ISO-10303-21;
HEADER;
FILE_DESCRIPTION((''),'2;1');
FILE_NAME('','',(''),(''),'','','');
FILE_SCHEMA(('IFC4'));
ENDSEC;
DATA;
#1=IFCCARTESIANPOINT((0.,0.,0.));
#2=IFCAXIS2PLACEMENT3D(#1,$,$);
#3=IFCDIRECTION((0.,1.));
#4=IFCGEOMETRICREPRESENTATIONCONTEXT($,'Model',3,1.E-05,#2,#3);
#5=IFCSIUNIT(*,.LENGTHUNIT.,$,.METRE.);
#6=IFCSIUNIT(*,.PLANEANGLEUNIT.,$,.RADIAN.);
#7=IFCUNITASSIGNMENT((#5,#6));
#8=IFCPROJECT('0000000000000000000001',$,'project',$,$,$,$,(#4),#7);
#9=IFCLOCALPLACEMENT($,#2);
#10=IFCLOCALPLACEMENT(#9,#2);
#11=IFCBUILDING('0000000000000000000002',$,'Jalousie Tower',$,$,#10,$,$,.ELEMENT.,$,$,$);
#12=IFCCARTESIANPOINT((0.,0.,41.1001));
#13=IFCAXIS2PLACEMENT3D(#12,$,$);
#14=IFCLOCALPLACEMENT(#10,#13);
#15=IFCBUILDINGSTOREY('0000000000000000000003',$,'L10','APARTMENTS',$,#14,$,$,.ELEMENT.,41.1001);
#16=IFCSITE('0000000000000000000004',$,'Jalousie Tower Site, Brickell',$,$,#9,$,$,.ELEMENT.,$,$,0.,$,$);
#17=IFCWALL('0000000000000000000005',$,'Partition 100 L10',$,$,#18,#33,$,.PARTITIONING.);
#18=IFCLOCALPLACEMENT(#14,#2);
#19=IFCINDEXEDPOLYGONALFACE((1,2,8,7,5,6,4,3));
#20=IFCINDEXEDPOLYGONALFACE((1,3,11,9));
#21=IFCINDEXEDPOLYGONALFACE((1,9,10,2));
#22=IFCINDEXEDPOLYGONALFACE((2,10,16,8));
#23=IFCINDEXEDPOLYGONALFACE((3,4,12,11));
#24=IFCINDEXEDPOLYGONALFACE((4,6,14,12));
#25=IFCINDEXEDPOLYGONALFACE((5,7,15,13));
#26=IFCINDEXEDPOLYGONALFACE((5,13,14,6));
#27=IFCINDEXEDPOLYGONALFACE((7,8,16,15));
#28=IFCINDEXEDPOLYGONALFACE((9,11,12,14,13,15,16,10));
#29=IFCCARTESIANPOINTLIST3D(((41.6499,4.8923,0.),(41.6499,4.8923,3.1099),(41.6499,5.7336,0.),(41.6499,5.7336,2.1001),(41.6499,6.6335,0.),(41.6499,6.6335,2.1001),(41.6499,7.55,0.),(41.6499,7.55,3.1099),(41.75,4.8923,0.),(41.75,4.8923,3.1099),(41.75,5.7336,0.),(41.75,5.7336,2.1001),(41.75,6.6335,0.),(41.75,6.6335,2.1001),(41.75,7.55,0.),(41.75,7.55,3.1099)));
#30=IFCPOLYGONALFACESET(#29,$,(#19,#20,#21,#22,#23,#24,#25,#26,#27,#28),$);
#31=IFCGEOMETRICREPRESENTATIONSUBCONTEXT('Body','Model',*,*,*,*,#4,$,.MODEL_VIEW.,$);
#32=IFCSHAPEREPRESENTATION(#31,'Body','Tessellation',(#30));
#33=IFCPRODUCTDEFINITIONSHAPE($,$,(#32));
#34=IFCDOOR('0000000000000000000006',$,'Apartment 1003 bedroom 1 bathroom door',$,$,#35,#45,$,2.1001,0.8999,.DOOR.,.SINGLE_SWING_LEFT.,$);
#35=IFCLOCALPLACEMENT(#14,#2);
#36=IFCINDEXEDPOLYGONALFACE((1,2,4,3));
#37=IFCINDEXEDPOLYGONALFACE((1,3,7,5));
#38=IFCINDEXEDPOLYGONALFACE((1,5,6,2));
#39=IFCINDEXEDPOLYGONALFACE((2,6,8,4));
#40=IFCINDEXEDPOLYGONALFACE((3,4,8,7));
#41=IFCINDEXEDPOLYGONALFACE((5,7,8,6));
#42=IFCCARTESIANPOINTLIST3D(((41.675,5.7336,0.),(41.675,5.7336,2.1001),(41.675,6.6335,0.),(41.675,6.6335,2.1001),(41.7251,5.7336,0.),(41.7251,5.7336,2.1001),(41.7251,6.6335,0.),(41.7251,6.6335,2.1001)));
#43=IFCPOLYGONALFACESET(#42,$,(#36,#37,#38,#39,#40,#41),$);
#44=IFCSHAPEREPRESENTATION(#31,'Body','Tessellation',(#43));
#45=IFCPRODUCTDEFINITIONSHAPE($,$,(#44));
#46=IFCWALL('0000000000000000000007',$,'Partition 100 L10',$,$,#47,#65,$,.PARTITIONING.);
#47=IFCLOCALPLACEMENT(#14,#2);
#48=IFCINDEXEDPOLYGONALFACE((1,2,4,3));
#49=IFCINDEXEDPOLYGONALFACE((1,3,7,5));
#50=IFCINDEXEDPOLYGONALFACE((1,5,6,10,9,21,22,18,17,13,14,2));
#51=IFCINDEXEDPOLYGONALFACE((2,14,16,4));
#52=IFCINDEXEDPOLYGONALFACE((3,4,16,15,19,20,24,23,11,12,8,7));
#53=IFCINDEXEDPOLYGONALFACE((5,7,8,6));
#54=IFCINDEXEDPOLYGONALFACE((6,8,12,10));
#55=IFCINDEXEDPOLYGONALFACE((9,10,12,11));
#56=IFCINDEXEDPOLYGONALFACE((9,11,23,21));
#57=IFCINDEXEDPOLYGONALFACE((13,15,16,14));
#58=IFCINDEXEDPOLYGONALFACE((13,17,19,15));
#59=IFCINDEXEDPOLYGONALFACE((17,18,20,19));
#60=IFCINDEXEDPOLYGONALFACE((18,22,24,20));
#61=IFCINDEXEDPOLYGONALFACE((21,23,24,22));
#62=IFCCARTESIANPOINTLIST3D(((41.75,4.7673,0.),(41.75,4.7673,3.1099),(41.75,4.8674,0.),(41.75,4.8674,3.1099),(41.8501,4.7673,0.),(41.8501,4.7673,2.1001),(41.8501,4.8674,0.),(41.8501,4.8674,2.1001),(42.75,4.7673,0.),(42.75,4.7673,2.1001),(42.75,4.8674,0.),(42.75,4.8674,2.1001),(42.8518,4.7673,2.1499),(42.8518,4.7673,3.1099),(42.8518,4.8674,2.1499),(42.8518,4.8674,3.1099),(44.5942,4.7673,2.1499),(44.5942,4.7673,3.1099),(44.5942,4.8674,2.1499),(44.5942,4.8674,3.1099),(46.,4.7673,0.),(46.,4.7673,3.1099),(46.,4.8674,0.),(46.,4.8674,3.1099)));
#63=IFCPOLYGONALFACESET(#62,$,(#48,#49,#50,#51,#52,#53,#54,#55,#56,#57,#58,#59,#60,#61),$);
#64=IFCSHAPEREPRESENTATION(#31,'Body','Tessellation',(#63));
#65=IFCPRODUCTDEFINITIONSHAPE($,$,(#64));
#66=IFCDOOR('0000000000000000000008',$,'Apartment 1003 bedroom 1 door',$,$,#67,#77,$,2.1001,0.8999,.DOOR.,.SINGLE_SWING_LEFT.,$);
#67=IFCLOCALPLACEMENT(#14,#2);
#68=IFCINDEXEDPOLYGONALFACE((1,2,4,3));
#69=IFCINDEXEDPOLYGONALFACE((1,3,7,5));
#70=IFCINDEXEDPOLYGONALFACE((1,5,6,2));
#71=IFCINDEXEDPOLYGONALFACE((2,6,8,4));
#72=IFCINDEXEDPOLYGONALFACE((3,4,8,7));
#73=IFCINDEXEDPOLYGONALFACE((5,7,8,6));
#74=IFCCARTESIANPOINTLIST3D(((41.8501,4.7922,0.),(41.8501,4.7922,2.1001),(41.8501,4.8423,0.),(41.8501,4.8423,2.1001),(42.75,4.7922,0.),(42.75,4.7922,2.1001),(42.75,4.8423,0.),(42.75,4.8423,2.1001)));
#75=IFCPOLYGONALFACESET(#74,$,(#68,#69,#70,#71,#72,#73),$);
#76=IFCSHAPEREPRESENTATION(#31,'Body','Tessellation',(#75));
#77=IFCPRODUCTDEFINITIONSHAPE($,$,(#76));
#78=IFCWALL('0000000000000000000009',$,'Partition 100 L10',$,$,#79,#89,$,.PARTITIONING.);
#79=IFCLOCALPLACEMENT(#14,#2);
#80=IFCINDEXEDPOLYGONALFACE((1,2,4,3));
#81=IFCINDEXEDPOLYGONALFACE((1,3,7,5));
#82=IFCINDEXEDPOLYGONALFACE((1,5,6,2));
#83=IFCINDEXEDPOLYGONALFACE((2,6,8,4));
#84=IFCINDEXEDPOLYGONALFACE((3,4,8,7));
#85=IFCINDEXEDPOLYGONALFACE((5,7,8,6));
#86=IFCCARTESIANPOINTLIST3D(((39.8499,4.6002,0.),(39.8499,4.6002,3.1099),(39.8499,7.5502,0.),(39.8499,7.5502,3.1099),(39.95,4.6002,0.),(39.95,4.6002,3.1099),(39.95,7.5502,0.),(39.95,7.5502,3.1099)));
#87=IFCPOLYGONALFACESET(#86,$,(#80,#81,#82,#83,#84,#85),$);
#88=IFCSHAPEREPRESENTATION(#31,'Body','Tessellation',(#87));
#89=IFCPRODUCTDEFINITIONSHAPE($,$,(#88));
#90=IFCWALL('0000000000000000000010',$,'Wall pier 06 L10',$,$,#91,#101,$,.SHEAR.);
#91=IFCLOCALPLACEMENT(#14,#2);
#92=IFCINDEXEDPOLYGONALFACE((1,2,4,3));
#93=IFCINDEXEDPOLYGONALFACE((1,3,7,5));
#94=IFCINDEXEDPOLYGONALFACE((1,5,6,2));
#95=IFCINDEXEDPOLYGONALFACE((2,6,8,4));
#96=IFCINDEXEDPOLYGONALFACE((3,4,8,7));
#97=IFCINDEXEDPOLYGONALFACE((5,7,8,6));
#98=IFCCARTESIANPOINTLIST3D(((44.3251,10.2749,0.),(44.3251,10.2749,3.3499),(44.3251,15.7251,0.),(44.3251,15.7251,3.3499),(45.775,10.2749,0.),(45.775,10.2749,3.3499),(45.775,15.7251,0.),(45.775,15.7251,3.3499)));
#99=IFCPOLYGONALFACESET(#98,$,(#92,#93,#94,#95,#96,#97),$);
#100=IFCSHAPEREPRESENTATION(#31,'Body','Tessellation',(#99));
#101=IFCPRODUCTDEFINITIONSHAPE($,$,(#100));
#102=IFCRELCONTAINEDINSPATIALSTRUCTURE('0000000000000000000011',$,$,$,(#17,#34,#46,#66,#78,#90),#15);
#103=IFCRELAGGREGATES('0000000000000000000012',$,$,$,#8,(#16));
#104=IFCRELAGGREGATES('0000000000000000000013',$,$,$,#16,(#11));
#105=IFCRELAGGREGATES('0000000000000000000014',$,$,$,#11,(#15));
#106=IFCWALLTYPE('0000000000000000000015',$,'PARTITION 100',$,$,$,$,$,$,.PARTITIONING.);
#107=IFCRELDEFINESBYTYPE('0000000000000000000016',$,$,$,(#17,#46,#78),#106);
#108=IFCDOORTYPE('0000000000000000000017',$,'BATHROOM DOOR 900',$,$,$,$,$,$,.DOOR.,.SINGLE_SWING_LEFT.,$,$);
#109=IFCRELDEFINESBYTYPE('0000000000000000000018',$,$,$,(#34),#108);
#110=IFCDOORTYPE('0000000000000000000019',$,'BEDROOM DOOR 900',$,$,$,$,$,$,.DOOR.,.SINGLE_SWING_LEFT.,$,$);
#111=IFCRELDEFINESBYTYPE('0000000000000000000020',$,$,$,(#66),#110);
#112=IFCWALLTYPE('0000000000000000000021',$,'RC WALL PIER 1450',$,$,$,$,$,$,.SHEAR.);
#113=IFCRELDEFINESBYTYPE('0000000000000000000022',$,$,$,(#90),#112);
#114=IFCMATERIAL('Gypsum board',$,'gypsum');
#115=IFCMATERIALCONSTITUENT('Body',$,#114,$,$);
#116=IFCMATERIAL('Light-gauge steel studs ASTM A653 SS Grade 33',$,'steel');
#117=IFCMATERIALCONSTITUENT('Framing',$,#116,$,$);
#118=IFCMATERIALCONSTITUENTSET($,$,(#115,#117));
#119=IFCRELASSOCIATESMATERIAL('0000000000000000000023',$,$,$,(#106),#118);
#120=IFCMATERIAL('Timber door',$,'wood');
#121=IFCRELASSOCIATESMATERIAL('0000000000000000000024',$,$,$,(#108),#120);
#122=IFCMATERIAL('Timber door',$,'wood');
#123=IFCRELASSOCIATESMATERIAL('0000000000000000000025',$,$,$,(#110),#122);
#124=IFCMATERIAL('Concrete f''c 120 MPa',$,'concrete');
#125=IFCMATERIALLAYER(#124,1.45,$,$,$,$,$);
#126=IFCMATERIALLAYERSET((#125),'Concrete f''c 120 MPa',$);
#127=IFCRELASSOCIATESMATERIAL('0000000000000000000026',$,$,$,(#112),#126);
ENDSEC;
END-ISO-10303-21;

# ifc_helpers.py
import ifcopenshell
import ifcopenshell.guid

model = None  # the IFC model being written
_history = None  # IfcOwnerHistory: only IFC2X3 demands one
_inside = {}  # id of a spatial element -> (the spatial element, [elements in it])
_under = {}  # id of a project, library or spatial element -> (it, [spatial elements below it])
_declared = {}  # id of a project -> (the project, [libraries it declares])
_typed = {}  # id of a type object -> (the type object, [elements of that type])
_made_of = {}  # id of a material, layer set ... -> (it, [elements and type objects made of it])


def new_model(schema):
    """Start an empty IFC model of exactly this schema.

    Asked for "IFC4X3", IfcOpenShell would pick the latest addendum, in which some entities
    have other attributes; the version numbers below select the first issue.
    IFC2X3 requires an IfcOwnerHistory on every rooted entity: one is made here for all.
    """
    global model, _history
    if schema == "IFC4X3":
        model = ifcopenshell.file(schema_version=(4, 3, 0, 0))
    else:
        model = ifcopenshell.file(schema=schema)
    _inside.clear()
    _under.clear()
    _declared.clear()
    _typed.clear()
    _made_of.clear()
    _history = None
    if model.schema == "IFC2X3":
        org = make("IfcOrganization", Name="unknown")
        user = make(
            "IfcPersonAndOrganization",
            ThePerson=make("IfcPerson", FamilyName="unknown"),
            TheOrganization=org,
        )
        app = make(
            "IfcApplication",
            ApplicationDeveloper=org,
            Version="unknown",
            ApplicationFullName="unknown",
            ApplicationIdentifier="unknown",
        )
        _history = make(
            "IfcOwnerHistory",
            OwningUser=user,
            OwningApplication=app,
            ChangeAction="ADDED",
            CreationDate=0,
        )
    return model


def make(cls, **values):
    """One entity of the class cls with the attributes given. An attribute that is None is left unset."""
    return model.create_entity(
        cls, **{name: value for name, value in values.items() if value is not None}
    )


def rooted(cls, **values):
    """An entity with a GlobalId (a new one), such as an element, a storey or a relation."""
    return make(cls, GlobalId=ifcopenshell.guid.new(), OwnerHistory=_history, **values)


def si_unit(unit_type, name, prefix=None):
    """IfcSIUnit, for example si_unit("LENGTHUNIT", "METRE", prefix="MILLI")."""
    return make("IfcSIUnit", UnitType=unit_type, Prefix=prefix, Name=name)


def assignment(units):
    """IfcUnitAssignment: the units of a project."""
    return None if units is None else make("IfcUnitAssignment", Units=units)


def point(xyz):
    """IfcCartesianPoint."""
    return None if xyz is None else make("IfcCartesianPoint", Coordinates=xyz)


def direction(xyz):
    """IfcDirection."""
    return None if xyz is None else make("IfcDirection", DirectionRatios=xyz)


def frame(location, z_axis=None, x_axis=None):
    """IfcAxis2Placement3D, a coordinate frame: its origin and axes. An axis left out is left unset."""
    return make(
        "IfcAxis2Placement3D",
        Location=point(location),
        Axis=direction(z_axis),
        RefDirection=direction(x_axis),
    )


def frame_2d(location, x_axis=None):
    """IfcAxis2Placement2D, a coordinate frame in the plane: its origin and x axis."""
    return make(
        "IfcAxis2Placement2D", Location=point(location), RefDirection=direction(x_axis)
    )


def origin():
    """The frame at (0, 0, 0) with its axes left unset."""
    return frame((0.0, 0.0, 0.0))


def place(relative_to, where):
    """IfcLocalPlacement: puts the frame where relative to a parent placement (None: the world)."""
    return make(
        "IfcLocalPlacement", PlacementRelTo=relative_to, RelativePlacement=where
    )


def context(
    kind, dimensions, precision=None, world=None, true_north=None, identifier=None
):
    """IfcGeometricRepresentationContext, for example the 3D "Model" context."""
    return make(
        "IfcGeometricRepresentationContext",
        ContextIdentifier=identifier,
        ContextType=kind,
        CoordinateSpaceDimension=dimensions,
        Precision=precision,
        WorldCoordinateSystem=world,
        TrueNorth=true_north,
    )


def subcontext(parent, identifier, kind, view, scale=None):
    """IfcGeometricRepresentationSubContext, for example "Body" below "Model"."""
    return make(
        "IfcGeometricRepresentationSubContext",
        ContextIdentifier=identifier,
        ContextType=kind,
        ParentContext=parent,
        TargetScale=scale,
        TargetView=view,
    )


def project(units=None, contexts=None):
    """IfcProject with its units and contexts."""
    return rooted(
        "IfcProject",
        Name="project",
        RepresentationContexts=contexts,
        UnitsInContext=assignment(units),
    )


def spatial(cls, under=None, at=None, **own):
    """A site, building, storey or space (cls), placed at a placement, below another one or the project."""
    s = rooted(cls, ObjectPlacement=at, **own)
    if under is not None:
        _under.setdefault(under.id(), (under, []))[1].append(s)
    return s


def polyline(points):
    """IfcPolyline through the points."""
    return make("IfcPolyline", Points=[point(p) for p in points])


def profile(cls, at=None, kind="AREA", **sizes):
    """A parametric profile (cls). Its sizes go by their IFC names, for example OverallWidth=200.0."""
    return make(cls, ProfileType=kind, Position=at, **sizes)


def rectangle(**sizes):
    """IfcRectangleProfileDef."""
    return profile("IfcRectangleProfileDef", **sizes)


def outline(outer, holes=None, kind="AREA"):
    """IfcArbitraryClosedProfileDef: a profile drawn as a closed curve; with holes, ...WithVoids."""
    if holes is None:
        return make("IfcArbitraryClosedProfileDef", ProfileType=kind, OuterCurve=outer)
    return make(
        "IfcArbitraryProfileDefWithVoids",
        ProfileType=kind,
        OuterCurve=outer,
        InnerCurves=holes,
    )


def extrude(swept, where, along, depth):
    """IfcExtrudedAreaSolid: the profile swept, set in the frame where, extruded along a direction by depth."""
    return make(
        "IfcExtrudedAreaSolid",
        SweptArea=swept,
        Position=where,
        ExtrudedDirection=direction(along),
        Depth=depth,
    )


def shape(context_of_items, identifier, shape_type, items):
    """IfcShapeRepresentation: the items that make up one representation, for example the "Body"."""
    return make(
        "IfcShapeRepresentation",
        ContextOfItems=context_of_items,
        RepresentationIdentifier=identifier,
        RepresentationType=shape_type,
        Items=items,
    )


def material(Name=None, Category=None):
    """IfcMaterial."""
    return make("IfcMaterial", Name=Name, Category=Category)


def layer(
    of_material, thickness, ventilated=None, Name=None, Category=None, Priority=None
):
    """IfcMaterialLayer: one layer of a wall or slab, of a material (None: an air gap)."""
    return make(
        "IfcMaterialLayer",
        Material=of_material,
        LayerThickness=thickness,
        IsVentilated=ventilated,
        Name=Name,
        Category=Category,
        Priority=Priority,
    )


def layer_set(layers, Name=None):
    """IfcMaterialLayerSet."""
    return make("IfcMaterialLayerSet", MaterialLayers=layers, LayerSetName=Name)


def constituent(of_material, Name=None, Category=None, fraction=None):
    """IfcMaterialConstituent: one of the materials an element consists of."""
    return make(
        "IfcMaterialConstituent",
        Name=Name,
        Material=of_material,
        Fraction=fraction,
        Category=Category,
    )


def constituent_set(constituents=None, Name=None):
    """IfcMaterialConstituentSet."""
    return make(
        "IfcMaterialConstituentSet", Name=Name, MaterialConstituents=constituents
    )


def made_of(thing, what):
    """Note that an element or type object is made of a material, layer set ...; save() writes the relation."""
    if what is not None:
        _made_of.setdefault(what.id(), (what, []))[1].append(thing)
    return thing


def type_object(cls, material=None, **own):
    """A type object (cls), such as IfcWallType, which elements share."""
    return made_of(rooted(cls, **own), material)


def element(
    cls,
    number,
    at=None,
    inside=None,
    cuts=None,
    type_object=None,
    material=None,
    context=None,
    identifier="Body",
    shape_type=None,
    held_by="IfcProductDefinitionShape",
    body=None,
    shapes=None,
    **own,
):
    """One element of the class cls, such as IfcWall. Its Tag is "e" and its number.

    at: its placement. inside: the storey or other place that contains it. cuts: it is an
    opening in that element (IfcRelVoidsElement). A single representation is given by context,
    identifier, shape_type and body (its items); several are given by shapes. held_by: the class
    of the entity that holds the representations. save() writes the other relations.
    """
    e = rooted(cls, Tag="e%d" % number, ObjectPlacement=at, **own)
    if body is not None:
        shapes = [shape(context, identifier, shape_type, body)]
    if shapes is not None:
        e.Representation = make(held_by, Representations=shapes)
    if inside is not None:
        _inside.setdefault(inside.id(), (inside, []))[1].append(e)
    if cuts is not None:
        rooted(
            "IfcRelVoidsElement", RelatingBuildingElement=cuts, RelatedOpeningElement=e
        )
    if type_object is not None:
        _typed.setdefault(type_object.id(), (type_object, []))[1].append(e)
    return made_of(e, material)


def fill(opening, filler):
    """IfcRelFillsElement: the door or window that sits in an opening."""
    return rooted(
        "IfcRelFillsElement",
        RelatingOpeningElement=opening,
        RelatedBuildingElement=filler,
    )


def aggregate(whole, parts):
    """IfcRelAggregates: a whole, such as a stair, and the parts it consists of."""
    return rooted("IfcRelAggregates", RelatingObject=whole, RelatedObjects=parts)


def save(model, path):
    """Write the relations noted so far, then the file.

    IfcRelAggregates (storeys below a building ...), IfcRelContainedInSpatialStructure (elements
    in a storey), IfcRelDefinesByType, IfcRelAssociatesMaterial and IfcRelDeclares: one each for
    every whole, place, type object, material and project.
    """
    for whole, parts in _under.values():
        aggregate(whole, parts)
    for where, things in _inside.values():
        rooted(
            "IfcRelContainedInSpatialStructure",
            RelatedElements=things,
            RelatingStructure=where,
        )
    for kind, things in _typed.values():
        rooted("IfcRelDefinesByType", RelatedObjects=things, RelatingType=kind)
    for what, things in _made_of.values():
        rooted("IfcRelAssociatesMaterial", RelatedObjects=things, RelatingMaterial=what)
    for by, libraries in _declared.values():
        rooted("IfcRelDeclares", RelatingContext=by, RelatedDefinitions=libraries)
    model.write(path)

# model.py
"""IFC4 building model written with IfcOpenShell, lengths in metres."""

from ifc_helpers import new_model, si_unit, direction, frame, frame_2d, origin, place, context, subcontext, project, spatial, polyline, rectangle, outline, extrude, material, layer, layer_set, constituent, constituent_set, type_object, element, fill, save


model = new_model("IFC4")

# Units and contexts
model_context = context("Model", 3, precision=1e-05, world=origin(), true_north=direction((0.0, 1.0)))
body_context = subcontext(model_context, "Body", "Model", "MODEL_VIEW")
ifc_project = project(units=[si_unit("LENGTHUNIT", "METRE"), si_unit("PLANEANGLEUNIT", "RADIAN")], contexts=[model_context])

# Site, building, storey
site_placement = place(None, origin())
site = spatial("IfcSite", under=ifc_project, at=site_placement, Name="Jalousie Tower Site, Brickell", CompositionType="ELEMENT", RefElevation=0.0)
building_placement = place(site_placement, origin())
building = spatial("IfcBuilding", under=site, at=building_placement, Name="Jalousie Tower", CompositionType="ELEMENT")
storey_placement = place(building_placement, frame((0.0, 0.0, 41.1001)))
storey = spatial("IfcBuildingStorey", under=building, at=storey_placement, Name="L10", Description="APARTMENTS", CompositionType="ELEMENT", Elevation=41.1001)

# Walls, openings, doors
ifc_material_1 = material(Name="Gypsum board", Category="gypsum")
ifc_constituent_1 = constituent(ifc_material_1, Name="Body")
ifc_material_2 = material(Name="Light-gauge steel studs ASTM A653 SS Grade 33", Category="steel")
ifc_constituent_2 = constituent(ifc_material_2, Name="Framing")
ifc_constituent_set_1 = constituent_set(constituents=[ifc_constituent_1, ifc_constituent_2])
wall_type_1 = type_object("IfcWallType", Name="PARTITION 100", PredefinedType="PARTITIONING", material=ifc_constituent_set_1)
wall_1_placement = place(storey_placement, frame((41.7, 4.8923, 0.0), z_axis=(0.0, 0.0, 1.0), x_axis=(0.0, 1.0, 0.0)))
wall_1 = element("IfcWall", 1, at=wall_1_placement, inside=storey, type_object=wall_type_1, Name="Partition 100 L10", PredefinedType="PARTITIONING", context=body_context, shape_type="SweptSolid", body=[
    extrude(rectangle(XDim=2.6577, YDim=0.1001, at=frame_2d((1.3289, 0.0))), origin(), (0.0, 0.0, 1.0), 3.1099),
])
opening_1_placement = place(wall_1_placement, frame((0.8413, 0.0, 0.0)))
opening_1 = element("IfcOpeningElement", 2, at=opening_1_placement, cuts=wall_1, PredefinedType="OPENING", context=body_context, shape_type="SweptSolid", body=[
    extrude(rectangle(XDim=0.8999, YDim=2.1001, at=frame_2d((0.45, 1.05))), frame((0.0, 0.0601, 0.0), z_axis=(0.0, -1.0, 0.0), x_axis=(1.0, 0.0, 0.0)), (0.0, 0.0, 1.0), 0.1201),
])
ifc_material_3 = material(Name="Timber door", Category="wood")
door_type_1 = type_object("IfcDoorType", Name="BATHROOM DOOR 900", OperationType="SINGLE_SWING_LEFT", PredefinedType="DOOR", material=ifc_material_3)
door_1_placement = place(opening_1_placement, origin())
door_1 = element("IfcDoor", 3, at=door_1_placement, inside=storey, type_object=door_type_1, Name="Apartment 1003 bedroom 1 bathroom door", OperationType="SINGLE_SWING_LEFT", OverallHeight=2.1001, OverallWidth=0.8999, PredefinedType="DOOR", context=body_context, shape_type="SweptSolid", body=[
    extrude(rectangle(XDim=0.8999, YDim=2.1001, at=frame_2d((0.45, 1.05))), frame((0.0, 0.0249, 0.0), z_axis=(0.0, -1.0, 0.0), x_axis=(1.0, 0.0, 0.0)), (0.0, 0.0, 1.0), 0.05),
])
fill(opening_1, door_1)
wall_2_placement = place(storey_placement, frame((41.75, 4.8174, 0.0), z_axis=(0.0, 0.0, 1.0), x_axis=(1.0, 0.0, 0.0)))
wall_2 = element("IfcWall", 4, at=wall_2_placement, inside=storey, type_object=wall_type_1, Name="Partition 100 L10", PredefinedType="PARTITIONING", context=body_context, shape_type="SweptSolid", body=[
    extrude(outline(polyline([(0.0, 0.0), (4.25, 0.0), (4.25, 3.1099), (2.8442, 3.1099), (2.8442, 2.1499), (1.1018, 2.1499), (1.1018, 3.1099), (0.0, 3.1099), (0.0, 0.0)])), frame((0.0, 0.05, 0.0), z_axis=(0.0, -1.0, 0.0), x_axis=(1.0, 0.0, 0.0)), (0.0, 0.0, 1.0), 0.1001),
])
opening_2_placement = place(wall_2_placement, frame((0.1001, 0.0, 0.0)))
opening_2 = element("IfcOpeningElement", 5, at=opening_2_placement, cuts=wall_2, PredefinedType="OPENING", context=body_context, shape_type="SweptSolid", body=[
    extrude(rectangle(XDim=0.8999, YDim=2.1001, at=frame_2d((0.45, 1.05))), frame((0.0, 0.0601, 0.0), z_axis=(0.0, -1.0, 0.0), x_axis=(1.0, 0.0, 0.0)), (0.0, 0.0, 1.0), 0.1201),
])
ifc_material_4 = material(Name="Timber door", Category="wood")
door_type_2 = type_object("IfcDoorType", Name="BEDROOM DOOR 900", OperationType="SINGLE_SWING_LEFT", PredefinedType="DOOR", material=ifc_material_4)
door_2_placement = place(opening_2_placement, origin())
door_2 = element("IfcDoor", 6, at=door_2_placement, inside=storey, type_object=door_type_2, Name="Apartment 1003 bedroom 1 door", OperationType="SINGLE_SWING_LEFT", OverallHeight=2.1001, OverallWidth=0.8999, PredefinedType="DOOR", context=body_context, shape_type="SweptSolid", body=[
    extrude(rectangle(XDim=0.8999, YDim=2.1001, at=frame_2d((0.45, 1.05))), frame((0.0, 0.0249, 0.0), z_axis=(0.0, -1.0, 0.0), x_axis=(1.0, 0.0, 0.0)), (0.0, 0.0, 1.0), 0.05),
])
fill(opening_2, door_2)

# Walls
wall_3_placement = place(storey_placement, frame((39.8999, 4.6001, 0.0), z_axis=(0.0, 0.0, 1.0), x_axis=(0.0, 1.0, 0.0)))
element("IfcWall", 7, at=wall_3_placement, inside=storey, type_object=wall_type_1, Name="Partition 100 L10", PredefinedType="PARTITIONING", context=body_context, shape_type="SweptSolid", body=[
    extrude(rectangle(XDim=2.95, YDim=0.1001, at=frame_2d((1.4751, 0.0))), origin(), (0.0, 0.0, 1.0), 3.1099),
])
ifc_material_5 = material(Name="Concrete f'c 120 MPa", Category="concrete")
ifc_layer_1 = layer(ifc_material_5, 1.45)
ifc_layer_set_1 = layer_set([ifc_layer_1], Name="Concrete f'c 120 MPa")
wall_type_2 = type_object("IfcWallType", Name="RC WALL PIER 1450", PredefinedType="SHEAR", material=ifc_layer_set_1)
wall_4_placement = place(storey_placement, frame((45.05, 10.2749, 0.0), z_axis=(0.0, 0.0, 1.0), x_axis=(0.0, 1.0, 0.0)))
element("IfcWall", 8, at=wall_4_placement, inside=storey, type_object=wall_type_2, Name="Wall pier 06 L10", PredefinedType="SHEAR", context=body_context, shape_type="SweptSolid", body=[
    extrude(rectangle(XDim=5.4502, YDim=1.45, at=frame_2d((2.7251, 0.0))), origin(), (0.0, 0.0, 1.0), 3.3499),
])

save(model, "model.ifc")
